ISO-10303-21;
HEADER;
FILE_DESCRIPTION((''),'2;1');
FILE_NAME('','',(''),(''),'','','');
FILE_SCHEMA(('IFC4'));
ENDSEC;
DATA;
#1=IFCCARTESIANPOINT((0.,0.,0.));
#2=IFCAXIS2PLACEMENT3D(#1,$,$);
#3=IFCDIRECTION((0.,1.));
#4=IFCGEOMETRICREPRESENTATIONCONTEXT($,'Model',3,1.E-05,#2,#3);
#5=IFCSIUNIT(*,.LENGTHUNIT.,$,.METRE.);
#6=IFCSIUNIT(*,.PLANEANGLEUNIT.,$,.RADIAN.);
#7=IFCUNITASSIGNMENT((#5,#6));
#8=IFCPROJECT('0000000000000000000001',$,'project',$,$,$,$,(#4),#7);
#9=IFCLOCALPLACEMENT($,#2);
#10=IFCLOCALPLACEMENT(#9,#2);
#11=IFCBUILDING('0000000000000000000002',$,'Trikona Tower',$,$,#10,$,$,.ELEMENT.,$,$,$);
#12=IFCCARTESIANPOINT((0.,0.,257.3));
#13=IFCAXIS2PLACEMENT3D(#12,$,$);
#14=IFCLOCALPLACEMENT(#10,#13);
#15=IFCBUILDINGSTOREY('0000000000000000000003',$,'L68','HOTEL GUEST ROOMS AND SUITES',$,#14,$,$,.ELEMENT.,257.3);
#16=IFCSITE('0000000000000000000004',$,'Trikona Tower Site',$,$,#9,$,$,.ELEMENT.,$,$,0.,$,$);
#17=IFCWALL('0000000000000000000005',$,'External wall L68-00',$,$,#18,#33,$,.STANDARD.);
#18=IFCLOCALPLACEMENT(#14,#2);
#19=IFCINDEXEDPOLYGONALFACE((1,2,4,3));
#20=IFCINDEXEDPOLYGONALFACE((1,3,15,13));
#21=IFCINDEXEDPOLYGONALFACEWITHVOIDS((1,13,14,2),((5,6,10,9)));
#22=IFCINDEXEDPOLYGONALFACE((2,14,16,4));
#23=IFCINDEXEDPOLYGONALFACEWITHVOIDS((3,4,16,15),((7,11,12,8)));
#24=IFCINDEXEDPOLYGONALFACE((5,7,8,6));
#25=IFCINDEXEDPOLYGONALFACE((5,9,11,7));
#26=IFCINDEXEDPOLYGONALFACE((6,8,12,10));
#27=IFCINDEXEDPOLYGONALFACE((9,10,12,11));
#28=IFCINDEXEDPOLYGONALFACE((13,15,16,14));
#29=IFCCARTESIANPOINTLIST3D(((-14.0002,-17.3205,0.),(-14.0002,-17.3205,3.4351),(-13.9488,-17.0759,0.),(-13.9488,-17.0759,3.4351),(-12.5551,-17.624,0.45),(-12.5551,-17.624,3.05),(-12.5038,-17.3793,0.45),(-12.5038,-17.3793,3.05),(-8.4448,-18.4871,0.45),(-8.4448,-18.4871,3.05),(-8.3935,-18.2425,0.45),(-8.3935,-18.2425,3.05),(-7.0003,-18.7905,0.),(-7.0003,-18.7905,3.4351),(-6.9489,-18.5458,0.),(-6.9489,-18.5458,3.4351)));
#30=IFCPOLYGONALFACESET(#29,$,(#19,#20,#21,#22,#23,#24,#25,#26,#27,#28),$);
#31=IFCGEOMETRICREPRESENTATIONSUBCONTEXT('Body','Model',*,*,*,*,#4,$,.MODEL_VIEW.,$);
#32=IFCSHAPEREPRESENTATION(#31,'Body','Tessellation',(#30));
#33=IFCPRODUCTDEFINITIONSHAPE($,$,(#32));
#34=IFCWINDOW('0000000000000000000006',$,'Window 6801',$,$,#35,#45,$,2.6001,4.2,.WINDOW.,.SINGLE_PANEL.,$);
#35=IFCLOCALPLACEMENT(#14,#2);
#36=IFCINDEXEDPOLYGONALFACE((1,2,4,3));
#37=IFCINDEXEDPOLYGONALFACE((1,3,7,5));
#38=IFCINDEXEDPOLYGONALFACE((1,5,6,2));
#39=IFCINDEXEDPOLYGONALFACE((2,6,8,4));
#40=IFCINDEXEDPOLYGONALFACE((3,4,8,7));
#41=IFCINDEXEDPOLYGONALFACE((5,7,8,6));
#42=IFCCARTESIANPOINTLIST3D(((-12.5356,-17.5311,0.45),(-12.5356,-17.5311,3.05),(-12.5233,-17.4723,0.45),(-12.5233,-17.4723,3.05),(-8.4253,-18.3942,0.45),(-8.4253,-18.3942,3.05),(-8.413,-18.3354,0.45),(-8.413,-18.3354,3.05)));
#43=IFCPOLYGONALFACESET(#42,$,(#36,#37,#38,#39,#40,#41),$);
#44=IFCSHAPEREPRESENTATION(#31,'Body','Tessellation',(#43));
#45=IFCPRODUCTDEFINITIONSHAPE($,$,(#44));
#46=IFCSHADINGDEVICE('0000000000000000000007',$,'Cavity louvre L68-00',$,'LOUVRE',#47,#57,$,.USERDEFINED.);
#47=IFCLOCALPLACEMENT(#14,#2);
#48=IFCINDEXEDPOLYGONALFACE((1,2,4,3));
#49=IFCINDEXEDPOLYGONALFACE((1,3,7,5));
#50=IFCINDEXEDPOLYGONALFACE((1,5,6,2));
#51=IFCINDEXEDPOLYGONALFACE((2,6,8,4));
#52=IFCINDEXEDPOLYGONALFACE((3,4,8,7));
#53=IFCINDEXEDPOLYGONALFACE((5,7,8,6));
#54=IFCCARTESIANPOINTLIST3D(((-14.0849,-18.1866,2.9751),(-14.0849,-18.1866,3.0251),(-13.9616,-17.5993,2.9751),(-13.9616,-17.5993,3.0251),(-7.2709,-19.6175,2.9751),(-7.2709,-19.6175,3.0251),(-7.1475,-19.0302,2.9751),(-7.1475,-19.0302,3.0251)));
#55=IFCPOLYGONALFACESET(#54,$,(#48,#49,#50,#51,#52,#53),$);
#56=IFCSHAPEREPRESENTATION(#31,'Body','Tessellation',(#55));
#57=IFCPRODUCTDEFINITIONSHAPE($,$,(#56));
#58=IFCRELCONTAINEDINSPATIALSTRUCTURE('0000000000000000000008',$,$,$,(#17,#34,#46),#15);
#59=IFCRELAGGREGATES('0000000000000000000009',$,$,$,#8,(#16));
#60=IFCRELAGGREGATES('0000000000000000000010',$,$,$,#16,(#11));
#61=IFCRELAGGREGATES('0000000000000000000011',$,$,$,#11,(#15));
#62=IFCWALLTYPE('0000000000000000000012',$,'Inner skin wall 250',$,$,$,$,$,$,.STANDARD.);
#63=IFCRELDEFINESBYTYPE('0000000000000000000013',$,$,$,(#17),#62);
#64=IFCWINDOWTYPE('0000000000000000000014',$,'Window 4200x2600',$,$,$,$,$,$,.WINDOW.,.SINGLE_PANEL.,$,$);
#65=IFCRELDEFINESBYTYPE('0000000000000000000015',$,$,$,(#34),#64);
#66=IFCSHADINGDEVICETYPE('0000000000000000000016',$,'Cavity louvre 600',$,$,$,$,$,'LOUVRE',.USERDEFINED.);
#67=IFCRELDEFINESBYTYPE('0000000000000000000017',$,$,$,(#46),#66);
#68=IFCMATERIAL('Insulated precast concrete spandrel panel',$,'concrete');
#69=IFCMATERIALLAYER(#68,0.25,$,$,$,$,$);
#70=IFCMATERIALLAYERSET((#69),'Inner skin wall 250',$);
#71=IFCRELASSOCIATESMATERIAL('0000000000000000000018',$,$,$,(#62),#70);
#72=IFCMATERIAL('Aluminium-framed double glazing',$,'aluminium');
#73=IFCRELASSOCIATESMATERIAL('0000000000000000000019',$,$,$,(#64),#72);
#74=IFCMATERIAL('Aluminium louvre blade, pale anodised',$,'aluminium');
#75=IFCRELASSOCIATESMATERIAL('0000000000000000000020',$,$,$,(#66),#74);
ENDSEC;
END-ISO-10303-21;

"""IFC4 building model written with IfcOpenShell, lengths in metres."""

from ifc_helpers import new_model, si_unit, direction, frame, frame_2d, origin, origin_2d, place, context, subcontext, project, spatial, rectangle, extrude, material, layer, layer_set, type_object, element, fill, save


model = new_model("IFC4")

# Units and contexts
model_context = context("Model", 3, precision=1e-05, world=origin(), true_north=direction((0.0, 1.0)))
body_context = subcontext(model_context, "Body", "Model", "MODEL_VIEW")
ifc_project = project(units=[si_unit("LENGTHUNIT", "METRE"), si_unit("PLANEANGLEUNIT", "RADIAN")], contexts=[model_context])

# Site, building, storey
site_placement = place(None, origin())
site = spatial("IfcSite", under=ifc_project, at=site_placement, Name="Trikona Tower Site", CompositionType="ELEMENT", RefElevation=0.0)
building_placement = place(site_placement, origin())
building = spatial("IfcBuilding", under=site, at=building_placement, Name="Trikona Tower", CompositionType="ELEMENT")
storey_placement = place(building_placement, frame((0.0, 0.0, 257.3)))
storey = spatial("IfcBuildingStorey", under=building, at=storey_placement, Name="L68", Description="HOTEL GUEST ROOMS AND SUITES", CompositionType="ELEMENT", Elevation=257.3)

# Wall, opening, window
ifc_material_1 = material(Name="Insulated precast concrete spandrel panel", Category="concrete")
ifc_layer_1 = layer(ifc_material_1, 0.25)
ifc_layer_set_1 = layer_set([ifc_layer_1], Name="Inner skin wall 250")
wall_type_1 = type_object("IfcWallType", Name="Inner skin wall 250", PredefinedType="STANDARD", material=ifc_layer_set_1)
wall_1_placement = place(storey_placement, frame((-13.9744, -17.1982, 0.0), z_axis=(0.0, 0.0, 1.0), x_axis=(0.978654, -0.205513, 0.0)))
wall_1 = element("IfcWall", 1, at=wall_1_placement, inside=storey, type_object=wall_type_1, Name="External wall L68-00", PredefinedType="STANDARD", context=body_context, shape_type="SweptSolid", body=[
    extrude(rectangle(XDim=7.1526, YDim=0.25, at=frame_2d((3.5762, 0.0))), origin(), (0.0, 0.0, 1.0), 3.4351),
])
opening_1_placement = place(wall_1_placement, frame((1.4763, 0.0, 0.45)))
opening_1 = element("IfcOpeningElement", 2, at=opening_1_placement, cuts=wall_1, PredefinedType="OPENING", context=body_context, shape_type="SweptSolid", body=[
    extrude(rectangle(XDim=4.2, YDim=2.6001, at=frame_2d((2.1001, 1.3))), frame((0.0, 0.135, 0.0), z_axis=(0.0, -1.0, 0.0), x_axis=(1.0, 0.0, 0.0)), (0.0, 0.0, 1.0), 0.27),
])
ifc_material_2 = material(Name="Aluminium-framed double glazing", Category="aluminium")
window_type_1 = type_object("IfcWindowType", Name="Window 4200x2600", PartitioningType="SINGLE_PANEL", PredefinedType="WINDOW", material=ifc_material_2)
window_1_placement = place(opening_1_placement, origin())
window_1 = element("IfcWindow", 3, at=window_1_placement, inside=storey, type_object=window_type_1, Name="Window 6801", OverallHeight=2.6001, OverallWidth=4.2, PartitioningType="SINGLE_PANEL", PredefinedType="WINDOW", context=body_context, shape_type="SweptSolid", body=[
    extrude(rectangle(XDim=4.2, YDim=2.6001, at=frame_2d((2.1001, 1.3))), frame((0.0, 0.03, 0.0), z_axis=(0.0, -1.0, 0.0), x_axis=(1.0, 0.0, 0.0)), (0.0, 0.0, 1.0), 0.0601),
])
fill(opening_1, window_1)

# Shading device
ifc_material_3 = material(Name="Aluminium louvre blade, pale anodised", Category="aluminium")
shading_device_type = type_object("IfcShadingDeviceType", Name="Cavity louvre 600", ElementType="LOUVRE", PredefinedType="USERDEFINED", material=ifc_material_3)
shading_device_placement = place(storey_placement, frame((-10.6162, -18.6084, 2.9751), z_axis=(0.0, 0.0, 1.0), x_axis=(0.978653, -0.205518, 0.0)))
element("IfcShadingDevice", 4, at=shading_device_placement, inside=storey, type_object=shading_device_type, Name="Cavity louvre L68-00", ObjectType="LOUVRE", PredefinedType="USERDEFINED", context=body_context, shape_type="SweptSolid", body=[
    extrude(rectangle(XDim=6.9626, YDim=0.6001, at=origin_2d()), origin(), (0.0, 0.0, 1.0), 0.05),
])

save(model, "model.ifc")
